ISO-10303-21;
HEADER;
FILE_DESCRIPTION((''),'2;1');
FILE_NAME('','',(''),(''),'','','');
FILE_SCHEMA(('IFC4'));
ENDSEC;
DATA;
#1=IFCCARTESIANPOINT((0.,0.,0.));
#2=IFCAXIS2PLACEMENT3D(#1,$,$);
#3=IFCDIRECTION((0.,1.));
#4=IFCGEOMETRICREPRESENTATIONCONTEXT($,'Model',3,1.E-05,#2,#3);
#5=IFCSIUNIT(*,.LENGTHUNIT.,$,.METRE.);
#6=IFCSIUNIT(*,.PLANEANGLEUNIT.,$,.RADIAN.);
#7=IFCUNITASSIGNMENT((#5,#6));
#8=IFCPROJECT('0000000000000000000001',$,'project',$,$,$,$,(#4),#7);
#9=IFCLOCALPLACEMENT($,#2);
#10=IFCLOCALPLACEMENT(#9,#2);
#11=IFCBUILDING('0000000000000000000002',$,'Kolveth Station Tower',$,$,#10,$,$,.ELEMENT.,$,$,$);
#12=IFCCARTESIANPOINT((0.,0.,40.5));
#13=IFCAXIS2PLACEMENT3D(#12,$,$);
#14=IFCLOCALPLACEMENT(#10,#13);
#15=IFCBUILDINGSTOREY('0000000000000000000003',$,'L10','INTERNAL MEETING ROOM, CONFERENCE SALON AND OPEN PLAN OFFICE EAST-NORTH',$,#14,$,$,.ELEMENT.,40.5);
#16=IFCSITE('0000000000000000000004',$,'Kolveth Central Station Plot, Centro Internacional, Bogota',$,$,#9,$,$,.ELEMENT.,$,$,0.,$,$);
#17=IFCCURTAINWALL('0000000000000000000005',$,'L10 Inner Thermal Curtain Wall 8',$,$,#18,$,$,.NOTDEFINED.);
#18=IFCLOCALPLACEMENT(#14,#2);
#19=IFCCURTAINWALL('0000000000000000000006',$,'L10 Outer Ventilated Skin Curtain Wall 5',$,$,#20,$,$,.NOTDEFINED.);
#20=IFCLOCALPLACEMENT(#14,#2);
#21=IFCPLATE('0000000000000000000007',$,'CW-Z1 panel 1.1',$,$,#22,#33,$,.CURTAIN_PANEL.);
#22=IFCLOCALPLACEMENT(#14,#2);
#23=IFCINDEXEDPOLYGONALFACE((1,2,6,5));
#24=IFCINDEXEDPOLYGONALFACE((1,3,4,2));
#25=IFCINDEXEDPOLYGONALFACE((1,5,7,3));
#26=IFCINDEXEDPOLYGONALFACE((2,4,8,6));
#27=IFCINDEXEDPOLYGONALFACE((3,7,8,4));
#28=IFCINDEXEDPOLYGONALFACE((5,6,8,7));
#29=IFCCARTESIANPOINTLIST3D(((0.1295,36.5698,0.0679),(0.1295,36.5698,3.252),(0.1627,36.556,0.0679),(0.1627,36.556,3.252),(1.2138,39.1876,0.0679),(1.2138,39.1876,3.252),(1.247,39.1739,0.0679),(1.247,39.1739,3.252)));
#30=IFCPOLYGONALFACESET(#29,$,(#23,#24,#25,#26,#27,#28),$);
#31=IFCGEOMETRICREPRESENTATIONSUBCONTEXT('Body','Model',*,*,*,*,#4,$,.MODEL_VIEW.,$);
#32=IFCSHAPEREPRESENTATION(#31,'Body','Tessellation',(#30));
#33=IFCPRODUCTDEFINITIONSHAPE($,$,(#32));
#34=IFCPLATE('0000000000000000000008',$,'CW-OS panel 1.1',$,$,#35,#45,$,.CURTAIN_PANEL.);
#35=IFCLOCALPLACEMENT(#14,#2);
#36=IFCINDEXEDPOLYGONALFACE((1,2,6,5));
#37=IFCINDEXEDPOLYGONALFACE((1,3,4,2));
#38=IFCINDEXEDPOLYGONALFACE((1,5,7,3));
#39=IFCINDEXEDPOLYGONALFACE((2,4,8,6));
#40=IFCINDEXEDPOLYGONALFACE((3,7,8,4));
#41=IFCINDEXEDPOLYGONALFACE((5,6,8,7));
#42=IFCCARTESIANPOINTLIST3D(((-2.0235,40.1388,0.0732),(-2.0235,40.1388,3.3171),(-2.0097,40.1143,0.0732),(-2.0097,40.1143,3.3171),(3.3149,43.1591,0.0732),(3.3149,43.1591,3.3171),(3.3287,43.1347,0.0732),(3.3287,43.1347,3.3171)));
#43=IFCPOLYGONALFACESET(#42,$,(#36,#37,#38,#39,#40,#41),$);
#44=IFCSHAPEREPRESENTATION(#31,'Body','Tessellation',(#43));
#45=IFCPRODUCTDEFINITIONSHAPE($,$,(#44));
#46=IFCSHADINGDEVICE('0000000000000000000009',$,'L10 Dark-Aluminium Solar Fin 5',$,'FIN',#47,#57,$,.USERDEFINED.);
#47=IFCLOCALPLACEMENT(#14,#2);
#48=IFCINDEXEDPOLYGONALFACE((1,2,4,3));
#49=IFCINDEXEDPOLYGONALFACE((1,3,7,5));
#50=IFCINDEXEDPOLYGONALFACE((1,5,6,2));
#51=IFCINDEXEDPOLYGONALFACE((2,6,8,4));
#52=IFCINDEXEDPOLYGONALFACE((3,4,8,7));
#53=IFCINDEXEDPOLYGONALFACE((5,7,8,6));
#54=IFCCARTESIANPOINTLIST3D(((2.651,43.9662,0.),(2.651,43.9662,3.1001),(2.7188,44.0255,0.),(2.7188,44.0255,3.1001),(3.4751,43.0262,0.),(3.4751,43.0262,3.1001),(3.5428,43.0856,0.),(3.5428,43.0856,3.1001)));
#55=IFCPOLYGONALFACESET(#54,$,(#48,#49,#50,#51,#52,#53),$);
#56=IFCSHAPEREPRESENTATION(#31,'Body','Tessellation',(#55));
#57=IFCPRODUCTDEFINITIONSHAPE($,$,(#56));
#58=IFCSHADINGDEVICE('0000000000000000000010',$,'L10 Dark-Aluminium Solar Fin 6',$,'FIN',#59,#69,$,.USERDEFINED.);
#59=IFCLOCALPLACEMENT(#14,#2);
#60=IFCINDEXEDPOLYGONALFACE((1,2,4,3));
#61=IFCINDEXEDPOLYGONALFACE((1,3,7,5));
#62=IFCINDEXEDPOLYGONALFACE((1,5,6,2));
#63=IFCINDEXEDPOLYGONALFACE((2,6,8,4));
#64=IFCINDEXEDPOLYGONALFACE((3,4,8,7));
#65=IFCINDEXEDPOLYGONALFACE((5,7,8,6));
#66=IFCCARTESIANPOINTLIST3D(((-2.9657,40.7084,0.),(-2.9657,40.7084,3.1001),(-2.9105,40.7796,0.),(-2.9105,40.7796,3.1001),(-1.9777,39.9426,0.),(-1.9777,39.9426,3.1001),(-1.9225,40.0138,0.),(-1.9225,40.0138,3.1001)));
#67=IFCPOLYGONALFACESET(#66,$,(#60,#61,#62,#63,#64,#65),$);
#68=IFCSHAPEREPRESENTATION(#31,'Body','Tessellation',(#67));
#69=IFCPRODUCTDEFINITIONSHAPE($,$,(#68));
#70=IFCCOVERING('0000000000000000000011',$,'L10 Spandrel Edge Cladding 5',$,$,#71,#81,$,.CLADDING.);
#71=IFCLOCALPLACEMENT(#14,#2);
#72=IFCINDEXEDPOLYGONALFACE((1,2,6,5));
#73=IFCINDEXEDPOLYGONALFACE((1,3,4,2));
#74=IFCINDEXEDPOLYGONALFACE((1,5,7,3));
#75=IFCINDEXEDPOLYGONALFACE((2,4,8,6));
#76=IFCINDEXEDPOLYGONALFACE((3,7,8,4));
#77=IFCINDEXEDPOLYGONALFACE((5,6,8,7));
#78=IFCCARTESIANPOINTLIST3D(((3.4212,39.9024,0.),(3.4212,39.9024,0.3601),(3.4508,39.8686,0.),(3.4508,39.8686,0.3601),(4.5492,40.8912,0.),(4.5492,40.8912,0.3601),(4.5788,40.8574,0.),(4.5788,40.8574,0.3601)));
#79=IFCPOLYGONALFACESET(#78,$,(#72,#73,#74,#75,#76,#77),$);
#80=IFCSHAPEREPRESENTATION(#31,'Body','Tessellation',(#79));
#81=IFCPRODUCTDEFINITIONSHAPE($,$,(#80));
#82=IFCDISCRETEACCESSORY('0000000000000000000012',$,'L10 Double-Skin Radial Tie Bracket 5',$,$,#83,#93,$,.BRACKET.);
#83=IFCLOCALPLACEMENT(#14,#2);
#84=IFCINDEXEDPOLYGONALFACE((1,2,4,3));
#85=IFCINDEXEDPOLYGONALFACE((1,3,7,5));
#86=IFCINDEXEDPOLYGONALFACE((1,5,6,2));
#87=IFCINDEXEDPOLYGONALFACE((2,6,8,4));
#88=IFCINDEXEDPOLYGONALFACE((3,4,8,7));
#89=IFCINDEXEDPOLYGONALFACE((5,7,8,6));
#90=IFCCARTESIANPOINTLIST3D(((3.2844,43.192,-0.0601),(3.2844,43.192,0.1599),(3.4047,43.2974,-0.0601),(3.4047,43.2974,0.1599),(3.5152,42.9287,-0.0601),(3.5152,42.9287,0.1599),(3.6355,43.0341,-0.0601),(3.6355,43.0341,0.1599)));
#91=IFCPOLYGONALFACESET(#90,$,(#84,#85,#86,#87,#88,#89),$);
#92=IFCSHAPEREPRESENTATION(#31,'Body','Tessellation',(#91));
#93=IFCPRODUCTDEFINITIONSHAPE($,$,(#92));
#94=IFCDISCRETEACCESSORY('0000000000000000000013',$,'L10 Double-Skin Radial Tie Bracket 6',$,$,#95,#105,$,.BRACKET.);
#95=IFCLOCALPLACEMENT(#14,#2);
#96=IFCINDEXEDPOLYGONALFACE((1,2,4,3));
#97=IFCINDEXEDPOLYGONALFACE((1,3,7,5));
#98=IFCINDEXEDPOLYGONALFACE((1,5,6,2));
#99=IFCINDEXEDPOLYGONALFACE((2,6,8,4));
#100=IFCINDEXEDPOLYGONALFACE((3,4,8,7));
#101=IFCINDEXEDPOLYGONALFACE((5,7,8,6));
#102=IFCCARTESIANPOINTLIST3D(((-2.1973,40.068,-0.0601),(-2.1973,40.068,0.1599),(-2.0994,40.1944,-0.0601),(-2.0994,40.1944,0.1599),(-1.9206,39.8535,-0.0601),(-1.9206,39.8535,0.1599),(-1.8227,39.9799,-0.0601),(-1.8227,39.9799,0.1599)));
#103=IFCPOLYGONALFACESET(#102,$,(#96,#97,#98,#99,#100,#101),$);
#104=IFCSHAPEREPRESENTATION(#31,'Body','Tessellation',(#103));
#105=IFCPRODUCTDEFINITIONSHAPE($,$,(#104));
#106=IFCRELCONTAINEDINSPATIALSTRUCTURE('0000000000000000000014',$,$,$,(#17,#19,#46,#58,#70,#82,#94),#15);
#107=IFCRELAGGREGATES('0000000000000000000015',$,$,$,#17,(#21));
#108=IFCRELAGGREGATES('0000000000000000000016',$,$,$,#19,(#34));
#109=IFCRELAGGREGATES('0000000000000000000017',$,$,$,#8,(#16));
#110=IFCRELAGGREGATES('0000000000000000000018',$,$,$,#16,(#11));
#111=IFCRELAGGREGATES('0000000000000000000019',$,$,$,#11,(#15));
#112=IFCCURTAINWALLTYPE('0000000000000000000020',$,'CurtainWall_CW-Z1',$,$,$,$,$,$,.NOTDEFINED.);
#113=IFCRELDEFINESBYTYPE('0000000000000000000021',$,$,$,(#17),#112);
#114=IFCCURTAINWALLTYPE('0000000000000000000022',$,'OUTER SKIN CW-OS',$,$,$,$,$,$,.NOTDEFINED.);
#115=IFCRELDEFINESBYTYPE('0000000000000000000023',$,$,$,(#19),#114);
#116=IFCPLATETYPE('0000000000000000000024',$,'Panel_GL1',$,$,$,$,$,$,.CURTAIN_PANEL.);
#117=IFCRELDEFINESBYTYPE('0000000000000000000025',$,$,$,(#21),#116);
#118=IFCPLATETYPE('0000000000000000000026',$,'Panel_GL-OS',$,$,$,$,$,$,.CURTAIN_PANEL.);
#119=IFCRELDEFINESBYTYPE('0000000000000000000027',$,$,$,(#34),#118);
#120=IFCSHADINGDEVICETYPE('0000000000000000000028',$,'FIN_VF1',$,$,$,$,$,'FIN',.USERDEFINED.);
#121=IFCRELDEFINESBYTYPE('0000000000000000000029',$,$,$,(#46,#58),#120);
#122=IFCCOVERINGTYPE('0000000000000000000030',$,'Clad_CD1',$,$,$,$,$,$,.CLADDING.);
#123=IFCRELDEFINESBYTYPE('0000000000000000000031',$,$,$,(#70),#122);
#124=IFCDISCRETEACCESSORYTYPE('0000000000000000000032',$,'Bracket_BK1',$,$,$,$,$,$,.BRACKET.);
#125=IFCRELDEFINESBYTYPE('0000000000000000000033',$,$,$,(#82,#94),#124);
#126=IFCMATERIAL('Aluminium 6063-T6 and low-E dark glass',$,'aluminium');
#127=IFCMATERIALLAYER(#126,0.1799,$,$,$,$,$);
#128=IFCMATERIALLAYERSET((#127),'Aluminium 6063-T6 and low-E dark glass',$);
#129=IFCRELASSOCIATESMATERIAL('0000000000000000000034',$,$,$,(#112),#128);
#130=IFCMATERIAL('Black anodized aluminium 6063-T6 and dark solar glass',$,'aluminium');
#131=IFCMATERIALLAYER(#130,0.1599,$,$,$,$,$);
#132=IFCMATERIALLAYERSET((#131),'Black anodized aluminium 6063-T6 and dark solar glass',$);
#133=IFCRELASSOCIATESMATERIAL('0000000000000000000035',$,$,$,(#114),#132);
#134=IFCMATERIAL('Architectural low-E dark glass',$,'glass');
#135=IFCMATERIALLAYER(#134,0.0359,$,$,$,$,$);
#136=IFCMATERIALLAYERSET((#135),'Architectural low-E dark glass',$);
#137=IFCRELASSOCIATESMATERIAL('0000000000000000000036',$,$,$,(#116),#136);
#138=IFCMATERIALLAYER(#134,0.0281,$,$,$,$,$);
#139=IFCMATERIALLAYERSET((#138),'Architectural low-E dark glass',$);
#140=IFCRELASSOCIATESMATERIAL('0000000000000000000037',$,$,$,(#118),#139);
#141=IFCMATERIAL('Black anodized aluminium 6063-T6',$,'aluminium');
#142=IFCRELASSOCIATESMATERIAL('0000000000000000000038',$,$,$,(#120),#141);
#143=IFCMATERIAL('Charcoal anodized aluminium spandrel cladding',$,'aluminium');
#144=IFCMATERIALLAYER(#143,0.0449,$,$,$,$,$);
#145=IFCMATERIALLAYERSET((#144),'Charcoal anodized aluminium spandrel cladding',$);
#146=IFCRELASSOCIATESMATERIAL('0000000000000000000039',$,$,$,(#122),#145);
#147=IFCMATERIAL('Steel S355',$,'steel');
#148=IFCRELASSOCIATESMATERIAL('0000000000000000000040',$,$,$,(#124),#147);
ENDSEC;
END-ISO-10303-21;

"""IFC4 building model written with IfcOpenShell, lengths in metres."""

from ifc_helpers import new_model, si_unit, direction, frame, origin, origin_2d, place, context, subcontext, project, spatial, rectangle, extrude, source, transform, mapped, material, layer, layer_set, type_object, element, aggregate, save


model = new_model("IFC4")

# Units and contexts
model_context = context("Model", 3, precision=1e-05, world=origin(), true_north=direction((0.0, 1.0)))
body_context = subcontext(model_context, "Body", "Model", "MODEL_VIEW")
ifc_project = project(units=[si_unit("LENGTHUNIT", "METRE"), si_unit("PLANEANGLEUNIT", "RADIAN")], contexts=[model_context])

# Site, building, storey
site_placement = place(None, origin())
site = spatial("IfcSite", under=ifc_project, at=site_placement, Name="Kolveth Central Station Plot, Centro Internacional, Bogota", CompositionType="ELEMENT", RefElevation=0.0)
building_placement = place(site_placement, origin())
building = spatial("IfcBuilding", under=site, at=building_placement, Name="Kolveth Station Tower", CompositionType="ELEMENT")
storey_placement = place(building_placement, frame((0.0, 0.0, 40.5)))
storey = spatial("IfcBuildingStorey", under=building, at=storey_placement, Name="L10", Description="INTERNAL MEETING ROOM, CONFERENCE SALON AND OPEN PLAN OFFICE EAST-NORTH", CompositionType="ELEMENT", Elevation=40.5)

# Shared definitions
ifc_material_1 = material(Name="Aluminium 6063-T6 and low-E dark glass", Category="aluminium")
ifc_layer_1 = layer(ifc_material_1, 0.1799)
ifc_layer_set_1 = layer_set([ifc_layer_1], Name="Aluminium 6063-T6 and low-E dark glass")
curtain_wall_type_1 = type_object("IfcCurtainWallType", Name="CurtainWall_CW-Z1", PredefinedType="NOTDEFINED", material=ifc_layer_set_1)
ifc_material_2 = material(Name="Black anodized aluminium 6063-T6", Category="aluminium")

# Curtain wall
curtain_wall_1_placement = place(storey_placement, origin())
curtain_wall_1 = element("IfcCurtainWall", 1, at=curtain_wall_1_placement, inside=storey, type_object=curtain_wall_type_1, Name="L10 Inner Thermal Curtain Wall 8", PredefinedType="NOTDEFINED")

# Shared definitions
ifc_material_3 = material(Name="Black anodized aluminium 6063-T6 and dark solar glass", Category="aluminium")
ifc_layer_2 = layer(ifc_material_3, 0.1599)
ifc_layer_set_2 = layer_set([ifc_layer_2], Name="Black anodized aluminium 6063-T6 and dark solar glass")
curtain_wall_type_2 = type_object("IfcCurtainWallType", Name="OUTER SKIN CW-OS", PredefinedType="NOTDEFINED", material=ifc_layer_set_2)

# Curtain wall
curtain_wall_2_placement = place(storey_placement, origin())
curtain_wall_2 = element("IfcCurtainWall", 2, at=curtain_wall_2_placement, inside=storey, type_object=curtain_wall_type_2, Name="L10 Outer Ventilated Skin Curtain Wall 5", PredefinedType="NOTDEFINED")

# Plates
ifc_material_4 = material(Name="Architectural low-E dark glass", Category="glass")
ifc_layer_3 = layer(ifc_material_4, 0.0359)
ifc_layer_set_3 = layer_set([ifc_layer_3], Name="Architectural low-E dark glass")
plate_type_1 = type_object("IfcPlateType", Name="Panel_GL1", PredefinedType="CURTAIN_PANEL", material=ifc_layer_set_3)
shared_shape_1 = source(origin(), body_context, "Body", "SweptSolid", [
    extrude(rectangle(XDim=2.8335, YDim=0.0359, at=origin_2d()), origin(), (0.0, 0.0, 1.0), 3.1841),
])
plate_1_placement = place(storey_placement, frame((0.6882, 37.8718, 0.0679), z_axis=(0.0, 0.0, 1.0), x_axis=(-0.382673, -0.923884, 0.0)))
plate_1 = element("IfcPlate", 3, at=plate_1_placement, type_object=plate_type_1, Name="CW-Z1 panel 1.1", PredefinedType="CURTAIN_PANEL", context=body_context, shape_type="MappedRepresentation", body=[
    mapped(shared_shape_1, transform((0.0, 0.0, 0.0), x_axis=(1.0, 0.0, 0.0), y_axis=(0.0, 1.0, 0.0), z_axis=(0.0, 0.0, 1.0), scale=1.0)),
])
aggregate(curtain_wall_1, [plate_1])
ifc_layer_4 = layer(ifc_material_4, 0.0281)
ifc_layer_set_4 = layer_set([ifc_layer_4], Name="Architectural low-E dark glass")
plate_type_2 = type_object("IfcPlateType", Name="Panel_GL-OS", PredefinedType="CURTAIN_PANEL", material=ifc_layer_set_4)
shared_shape_2 = source(origin(), body_context, "Body", "SweptSolid", [
    extrude(rectangle(XDim=6.1335, YDim=0.0281, at=origin_2d()), origin(), (0.0, 0.0, 1.0), 3.2439),
])
plate_2_placement = place(storey_placement, frame((0.6526, 41.6367, 0.0732), z_axis=(0.0, 0.0, 1.0), x_axis=(-0.870354, -0.492426, 0.0)))
plate_2 = element("IfcPlate", 4, at=plate_2_placement, type_object=plate_type_2, Name="CW-OS panel 1.1", PredefinedType="CURTAIN_PANEL", context=body_context, shape_type="MappedRepresentation", body=[
    mapped(shared_shape_2, transform((0.0, 0.0, 0.0), x_axis=(1.0, 0.0, 0.0), y_axis=(0.0, 1.0, 0.0), z_axis=(0.0, 0.0, 1.0), scale=1.0)),
])
aggregate(curtain_wall_2, [plate_2])

# Shading devices
shading_device_type = type_object("IfcShadingDeviceType", Name="FIN_VF1", ElementType="FIN", PredefinedType="USERDEFINED", material=ifc_material_2)
shared_shape_3 = source(origin(), body_context, "Body", "SweptSolid", [
    extrude(rectangle(XDim=1.25, YDim=0.0901, at=origin_2d()), origin(), (0.0, 0.0, 1.0), 3.1001),
])
for number, where, z_axis, x_axis, name in (
    (5, (3.0969, 43.5259, 0.0), (0.0, 0.0, 1.0), (-0.659215, 0.751955, 0.0), "L10 Dark-Aluminium Solar Fin 5"),
    (6, (-2.4441, 40.3611, 0.0), (0.0, 0.0, 1.0), (-0.790369, 0.612631, 0.0), "L10 Dark-Aluminium Solar Fin 6"),
):
    element("IfcShadingDevice", number, at=place(storey_placement, frame(where, z_axis=z_axis, x_axis=x_axis)), inside=storey, type_object=shading_device_type, Name=name, ObjectType="FIN", PredefinedType="USERDEFINED", context=body_context, shape_type="MappedRepresentation", body=[
        mapped(shared_shape_3, transform((0.0, 0.0, 0.0), x_axis=(1.0, 0.0, 0.0), y_axis=(0.0, 1.0, 0.0), z_axis=(0.0, 0.0, 1.0), scale=1.0)),
    ])

# Covering
ifc_material_5 = material(Name="Charcoal anodized aluminium spandrel cladding", Category="aluminium")
ifc_layer_5 = layer(ifc_material_5, 0.0449)
ifc_layer_set_5 = layer_set([ifc_layer_5], Name="Charcoal anodized aluminium spandrel cladding")
covering_type = type_object("IfcCoveringType", Name="Clad_CD1", PredefinedType="CLADDING", material=ifc_layer_set_5)
shared_shape_4 = source(origin(), body_context, "Body", "SweptSolid", [
    extrude(rectangle(XDim=1.5, YDim=0.0449, at=origin_2d()), origin(), (0.0, 0.0, 1.0), 0.3601),
])
covering_placement = place(storey_placement, frame((4.0, 40.3799, 0.0), z_axis=(0.0, 0.0, 1.0), x_axis=(-0.751955, -0.659215, 0.0)))
element("IfcCovering", 7, at=covering_placement, inside=storey, type_object=covering_type, Name="L10 Spandrel Edge Cladding 5", PredefinedType="CLADDING", context=body_context, shape_type="MappedRepresentation", body=[
    mapped(shared_shape_4, transform((0.0, 0.0, 0.0), x_axis=(1.0, 0.0, 0.0), y_axis=(0.0, 1.0, 0.0), z_axis=(0.0, 0.0, 1.0), scale=1.0)),
])

# Discrete accessories
ifc_material_6 = material(Name="Steel S355", Category="steel")
discrete_accessory_type = type_object("IfcDiscreteAccessoryType", Name="Bracket_BK1", PredefinedType="BRACKET", material=ifc_material_6)
shared_shape_5 = source(origin(), body_context, "Body", "SweptSolid", [
    extrude(rectangle(XDim=0.3501, YDim=0.1599, at=origin_2d()), origin(), (0.0, 0.0, 1.0), 0.22),
])
for number, where, z_axis, x_axis, name in (
    (8, (3.46, 43.113, -0.0601), (0.0, 0.0, 1.0), (-0.659215, 0.751955, 0.0), "L10 Double-Skin Radial Tie Bracket 5"),
    (9, (-2.01, 40.0239, -0.0601), (0.0, 0.0, 1.0), (-0.790369, 0.612631, 0.0), "L10 Double-Skin Radial Tie Bracket 6"),
):
    element("IfcDiscreteAccessory", number, at=place(storey_placement, frame(where, z_axis=z_axis, x_axis=x_axis)), inside=storey, type_object=discrete_accessory_type, Name=name, PredefinedType="BRACKET", context=body_context, shape_type="MappedRepresentation", body=[
        mapped(shared_shape_5, transform((0.0, 0.0, 0.0), x_axis=(1.0, 0.0, 0.0), y_axis=(0.0, 1.0, 0.0), z_axis=(0.0, 0.0, 1.0), scale=1.0)),
    ])

save(model, "model.ifc")
